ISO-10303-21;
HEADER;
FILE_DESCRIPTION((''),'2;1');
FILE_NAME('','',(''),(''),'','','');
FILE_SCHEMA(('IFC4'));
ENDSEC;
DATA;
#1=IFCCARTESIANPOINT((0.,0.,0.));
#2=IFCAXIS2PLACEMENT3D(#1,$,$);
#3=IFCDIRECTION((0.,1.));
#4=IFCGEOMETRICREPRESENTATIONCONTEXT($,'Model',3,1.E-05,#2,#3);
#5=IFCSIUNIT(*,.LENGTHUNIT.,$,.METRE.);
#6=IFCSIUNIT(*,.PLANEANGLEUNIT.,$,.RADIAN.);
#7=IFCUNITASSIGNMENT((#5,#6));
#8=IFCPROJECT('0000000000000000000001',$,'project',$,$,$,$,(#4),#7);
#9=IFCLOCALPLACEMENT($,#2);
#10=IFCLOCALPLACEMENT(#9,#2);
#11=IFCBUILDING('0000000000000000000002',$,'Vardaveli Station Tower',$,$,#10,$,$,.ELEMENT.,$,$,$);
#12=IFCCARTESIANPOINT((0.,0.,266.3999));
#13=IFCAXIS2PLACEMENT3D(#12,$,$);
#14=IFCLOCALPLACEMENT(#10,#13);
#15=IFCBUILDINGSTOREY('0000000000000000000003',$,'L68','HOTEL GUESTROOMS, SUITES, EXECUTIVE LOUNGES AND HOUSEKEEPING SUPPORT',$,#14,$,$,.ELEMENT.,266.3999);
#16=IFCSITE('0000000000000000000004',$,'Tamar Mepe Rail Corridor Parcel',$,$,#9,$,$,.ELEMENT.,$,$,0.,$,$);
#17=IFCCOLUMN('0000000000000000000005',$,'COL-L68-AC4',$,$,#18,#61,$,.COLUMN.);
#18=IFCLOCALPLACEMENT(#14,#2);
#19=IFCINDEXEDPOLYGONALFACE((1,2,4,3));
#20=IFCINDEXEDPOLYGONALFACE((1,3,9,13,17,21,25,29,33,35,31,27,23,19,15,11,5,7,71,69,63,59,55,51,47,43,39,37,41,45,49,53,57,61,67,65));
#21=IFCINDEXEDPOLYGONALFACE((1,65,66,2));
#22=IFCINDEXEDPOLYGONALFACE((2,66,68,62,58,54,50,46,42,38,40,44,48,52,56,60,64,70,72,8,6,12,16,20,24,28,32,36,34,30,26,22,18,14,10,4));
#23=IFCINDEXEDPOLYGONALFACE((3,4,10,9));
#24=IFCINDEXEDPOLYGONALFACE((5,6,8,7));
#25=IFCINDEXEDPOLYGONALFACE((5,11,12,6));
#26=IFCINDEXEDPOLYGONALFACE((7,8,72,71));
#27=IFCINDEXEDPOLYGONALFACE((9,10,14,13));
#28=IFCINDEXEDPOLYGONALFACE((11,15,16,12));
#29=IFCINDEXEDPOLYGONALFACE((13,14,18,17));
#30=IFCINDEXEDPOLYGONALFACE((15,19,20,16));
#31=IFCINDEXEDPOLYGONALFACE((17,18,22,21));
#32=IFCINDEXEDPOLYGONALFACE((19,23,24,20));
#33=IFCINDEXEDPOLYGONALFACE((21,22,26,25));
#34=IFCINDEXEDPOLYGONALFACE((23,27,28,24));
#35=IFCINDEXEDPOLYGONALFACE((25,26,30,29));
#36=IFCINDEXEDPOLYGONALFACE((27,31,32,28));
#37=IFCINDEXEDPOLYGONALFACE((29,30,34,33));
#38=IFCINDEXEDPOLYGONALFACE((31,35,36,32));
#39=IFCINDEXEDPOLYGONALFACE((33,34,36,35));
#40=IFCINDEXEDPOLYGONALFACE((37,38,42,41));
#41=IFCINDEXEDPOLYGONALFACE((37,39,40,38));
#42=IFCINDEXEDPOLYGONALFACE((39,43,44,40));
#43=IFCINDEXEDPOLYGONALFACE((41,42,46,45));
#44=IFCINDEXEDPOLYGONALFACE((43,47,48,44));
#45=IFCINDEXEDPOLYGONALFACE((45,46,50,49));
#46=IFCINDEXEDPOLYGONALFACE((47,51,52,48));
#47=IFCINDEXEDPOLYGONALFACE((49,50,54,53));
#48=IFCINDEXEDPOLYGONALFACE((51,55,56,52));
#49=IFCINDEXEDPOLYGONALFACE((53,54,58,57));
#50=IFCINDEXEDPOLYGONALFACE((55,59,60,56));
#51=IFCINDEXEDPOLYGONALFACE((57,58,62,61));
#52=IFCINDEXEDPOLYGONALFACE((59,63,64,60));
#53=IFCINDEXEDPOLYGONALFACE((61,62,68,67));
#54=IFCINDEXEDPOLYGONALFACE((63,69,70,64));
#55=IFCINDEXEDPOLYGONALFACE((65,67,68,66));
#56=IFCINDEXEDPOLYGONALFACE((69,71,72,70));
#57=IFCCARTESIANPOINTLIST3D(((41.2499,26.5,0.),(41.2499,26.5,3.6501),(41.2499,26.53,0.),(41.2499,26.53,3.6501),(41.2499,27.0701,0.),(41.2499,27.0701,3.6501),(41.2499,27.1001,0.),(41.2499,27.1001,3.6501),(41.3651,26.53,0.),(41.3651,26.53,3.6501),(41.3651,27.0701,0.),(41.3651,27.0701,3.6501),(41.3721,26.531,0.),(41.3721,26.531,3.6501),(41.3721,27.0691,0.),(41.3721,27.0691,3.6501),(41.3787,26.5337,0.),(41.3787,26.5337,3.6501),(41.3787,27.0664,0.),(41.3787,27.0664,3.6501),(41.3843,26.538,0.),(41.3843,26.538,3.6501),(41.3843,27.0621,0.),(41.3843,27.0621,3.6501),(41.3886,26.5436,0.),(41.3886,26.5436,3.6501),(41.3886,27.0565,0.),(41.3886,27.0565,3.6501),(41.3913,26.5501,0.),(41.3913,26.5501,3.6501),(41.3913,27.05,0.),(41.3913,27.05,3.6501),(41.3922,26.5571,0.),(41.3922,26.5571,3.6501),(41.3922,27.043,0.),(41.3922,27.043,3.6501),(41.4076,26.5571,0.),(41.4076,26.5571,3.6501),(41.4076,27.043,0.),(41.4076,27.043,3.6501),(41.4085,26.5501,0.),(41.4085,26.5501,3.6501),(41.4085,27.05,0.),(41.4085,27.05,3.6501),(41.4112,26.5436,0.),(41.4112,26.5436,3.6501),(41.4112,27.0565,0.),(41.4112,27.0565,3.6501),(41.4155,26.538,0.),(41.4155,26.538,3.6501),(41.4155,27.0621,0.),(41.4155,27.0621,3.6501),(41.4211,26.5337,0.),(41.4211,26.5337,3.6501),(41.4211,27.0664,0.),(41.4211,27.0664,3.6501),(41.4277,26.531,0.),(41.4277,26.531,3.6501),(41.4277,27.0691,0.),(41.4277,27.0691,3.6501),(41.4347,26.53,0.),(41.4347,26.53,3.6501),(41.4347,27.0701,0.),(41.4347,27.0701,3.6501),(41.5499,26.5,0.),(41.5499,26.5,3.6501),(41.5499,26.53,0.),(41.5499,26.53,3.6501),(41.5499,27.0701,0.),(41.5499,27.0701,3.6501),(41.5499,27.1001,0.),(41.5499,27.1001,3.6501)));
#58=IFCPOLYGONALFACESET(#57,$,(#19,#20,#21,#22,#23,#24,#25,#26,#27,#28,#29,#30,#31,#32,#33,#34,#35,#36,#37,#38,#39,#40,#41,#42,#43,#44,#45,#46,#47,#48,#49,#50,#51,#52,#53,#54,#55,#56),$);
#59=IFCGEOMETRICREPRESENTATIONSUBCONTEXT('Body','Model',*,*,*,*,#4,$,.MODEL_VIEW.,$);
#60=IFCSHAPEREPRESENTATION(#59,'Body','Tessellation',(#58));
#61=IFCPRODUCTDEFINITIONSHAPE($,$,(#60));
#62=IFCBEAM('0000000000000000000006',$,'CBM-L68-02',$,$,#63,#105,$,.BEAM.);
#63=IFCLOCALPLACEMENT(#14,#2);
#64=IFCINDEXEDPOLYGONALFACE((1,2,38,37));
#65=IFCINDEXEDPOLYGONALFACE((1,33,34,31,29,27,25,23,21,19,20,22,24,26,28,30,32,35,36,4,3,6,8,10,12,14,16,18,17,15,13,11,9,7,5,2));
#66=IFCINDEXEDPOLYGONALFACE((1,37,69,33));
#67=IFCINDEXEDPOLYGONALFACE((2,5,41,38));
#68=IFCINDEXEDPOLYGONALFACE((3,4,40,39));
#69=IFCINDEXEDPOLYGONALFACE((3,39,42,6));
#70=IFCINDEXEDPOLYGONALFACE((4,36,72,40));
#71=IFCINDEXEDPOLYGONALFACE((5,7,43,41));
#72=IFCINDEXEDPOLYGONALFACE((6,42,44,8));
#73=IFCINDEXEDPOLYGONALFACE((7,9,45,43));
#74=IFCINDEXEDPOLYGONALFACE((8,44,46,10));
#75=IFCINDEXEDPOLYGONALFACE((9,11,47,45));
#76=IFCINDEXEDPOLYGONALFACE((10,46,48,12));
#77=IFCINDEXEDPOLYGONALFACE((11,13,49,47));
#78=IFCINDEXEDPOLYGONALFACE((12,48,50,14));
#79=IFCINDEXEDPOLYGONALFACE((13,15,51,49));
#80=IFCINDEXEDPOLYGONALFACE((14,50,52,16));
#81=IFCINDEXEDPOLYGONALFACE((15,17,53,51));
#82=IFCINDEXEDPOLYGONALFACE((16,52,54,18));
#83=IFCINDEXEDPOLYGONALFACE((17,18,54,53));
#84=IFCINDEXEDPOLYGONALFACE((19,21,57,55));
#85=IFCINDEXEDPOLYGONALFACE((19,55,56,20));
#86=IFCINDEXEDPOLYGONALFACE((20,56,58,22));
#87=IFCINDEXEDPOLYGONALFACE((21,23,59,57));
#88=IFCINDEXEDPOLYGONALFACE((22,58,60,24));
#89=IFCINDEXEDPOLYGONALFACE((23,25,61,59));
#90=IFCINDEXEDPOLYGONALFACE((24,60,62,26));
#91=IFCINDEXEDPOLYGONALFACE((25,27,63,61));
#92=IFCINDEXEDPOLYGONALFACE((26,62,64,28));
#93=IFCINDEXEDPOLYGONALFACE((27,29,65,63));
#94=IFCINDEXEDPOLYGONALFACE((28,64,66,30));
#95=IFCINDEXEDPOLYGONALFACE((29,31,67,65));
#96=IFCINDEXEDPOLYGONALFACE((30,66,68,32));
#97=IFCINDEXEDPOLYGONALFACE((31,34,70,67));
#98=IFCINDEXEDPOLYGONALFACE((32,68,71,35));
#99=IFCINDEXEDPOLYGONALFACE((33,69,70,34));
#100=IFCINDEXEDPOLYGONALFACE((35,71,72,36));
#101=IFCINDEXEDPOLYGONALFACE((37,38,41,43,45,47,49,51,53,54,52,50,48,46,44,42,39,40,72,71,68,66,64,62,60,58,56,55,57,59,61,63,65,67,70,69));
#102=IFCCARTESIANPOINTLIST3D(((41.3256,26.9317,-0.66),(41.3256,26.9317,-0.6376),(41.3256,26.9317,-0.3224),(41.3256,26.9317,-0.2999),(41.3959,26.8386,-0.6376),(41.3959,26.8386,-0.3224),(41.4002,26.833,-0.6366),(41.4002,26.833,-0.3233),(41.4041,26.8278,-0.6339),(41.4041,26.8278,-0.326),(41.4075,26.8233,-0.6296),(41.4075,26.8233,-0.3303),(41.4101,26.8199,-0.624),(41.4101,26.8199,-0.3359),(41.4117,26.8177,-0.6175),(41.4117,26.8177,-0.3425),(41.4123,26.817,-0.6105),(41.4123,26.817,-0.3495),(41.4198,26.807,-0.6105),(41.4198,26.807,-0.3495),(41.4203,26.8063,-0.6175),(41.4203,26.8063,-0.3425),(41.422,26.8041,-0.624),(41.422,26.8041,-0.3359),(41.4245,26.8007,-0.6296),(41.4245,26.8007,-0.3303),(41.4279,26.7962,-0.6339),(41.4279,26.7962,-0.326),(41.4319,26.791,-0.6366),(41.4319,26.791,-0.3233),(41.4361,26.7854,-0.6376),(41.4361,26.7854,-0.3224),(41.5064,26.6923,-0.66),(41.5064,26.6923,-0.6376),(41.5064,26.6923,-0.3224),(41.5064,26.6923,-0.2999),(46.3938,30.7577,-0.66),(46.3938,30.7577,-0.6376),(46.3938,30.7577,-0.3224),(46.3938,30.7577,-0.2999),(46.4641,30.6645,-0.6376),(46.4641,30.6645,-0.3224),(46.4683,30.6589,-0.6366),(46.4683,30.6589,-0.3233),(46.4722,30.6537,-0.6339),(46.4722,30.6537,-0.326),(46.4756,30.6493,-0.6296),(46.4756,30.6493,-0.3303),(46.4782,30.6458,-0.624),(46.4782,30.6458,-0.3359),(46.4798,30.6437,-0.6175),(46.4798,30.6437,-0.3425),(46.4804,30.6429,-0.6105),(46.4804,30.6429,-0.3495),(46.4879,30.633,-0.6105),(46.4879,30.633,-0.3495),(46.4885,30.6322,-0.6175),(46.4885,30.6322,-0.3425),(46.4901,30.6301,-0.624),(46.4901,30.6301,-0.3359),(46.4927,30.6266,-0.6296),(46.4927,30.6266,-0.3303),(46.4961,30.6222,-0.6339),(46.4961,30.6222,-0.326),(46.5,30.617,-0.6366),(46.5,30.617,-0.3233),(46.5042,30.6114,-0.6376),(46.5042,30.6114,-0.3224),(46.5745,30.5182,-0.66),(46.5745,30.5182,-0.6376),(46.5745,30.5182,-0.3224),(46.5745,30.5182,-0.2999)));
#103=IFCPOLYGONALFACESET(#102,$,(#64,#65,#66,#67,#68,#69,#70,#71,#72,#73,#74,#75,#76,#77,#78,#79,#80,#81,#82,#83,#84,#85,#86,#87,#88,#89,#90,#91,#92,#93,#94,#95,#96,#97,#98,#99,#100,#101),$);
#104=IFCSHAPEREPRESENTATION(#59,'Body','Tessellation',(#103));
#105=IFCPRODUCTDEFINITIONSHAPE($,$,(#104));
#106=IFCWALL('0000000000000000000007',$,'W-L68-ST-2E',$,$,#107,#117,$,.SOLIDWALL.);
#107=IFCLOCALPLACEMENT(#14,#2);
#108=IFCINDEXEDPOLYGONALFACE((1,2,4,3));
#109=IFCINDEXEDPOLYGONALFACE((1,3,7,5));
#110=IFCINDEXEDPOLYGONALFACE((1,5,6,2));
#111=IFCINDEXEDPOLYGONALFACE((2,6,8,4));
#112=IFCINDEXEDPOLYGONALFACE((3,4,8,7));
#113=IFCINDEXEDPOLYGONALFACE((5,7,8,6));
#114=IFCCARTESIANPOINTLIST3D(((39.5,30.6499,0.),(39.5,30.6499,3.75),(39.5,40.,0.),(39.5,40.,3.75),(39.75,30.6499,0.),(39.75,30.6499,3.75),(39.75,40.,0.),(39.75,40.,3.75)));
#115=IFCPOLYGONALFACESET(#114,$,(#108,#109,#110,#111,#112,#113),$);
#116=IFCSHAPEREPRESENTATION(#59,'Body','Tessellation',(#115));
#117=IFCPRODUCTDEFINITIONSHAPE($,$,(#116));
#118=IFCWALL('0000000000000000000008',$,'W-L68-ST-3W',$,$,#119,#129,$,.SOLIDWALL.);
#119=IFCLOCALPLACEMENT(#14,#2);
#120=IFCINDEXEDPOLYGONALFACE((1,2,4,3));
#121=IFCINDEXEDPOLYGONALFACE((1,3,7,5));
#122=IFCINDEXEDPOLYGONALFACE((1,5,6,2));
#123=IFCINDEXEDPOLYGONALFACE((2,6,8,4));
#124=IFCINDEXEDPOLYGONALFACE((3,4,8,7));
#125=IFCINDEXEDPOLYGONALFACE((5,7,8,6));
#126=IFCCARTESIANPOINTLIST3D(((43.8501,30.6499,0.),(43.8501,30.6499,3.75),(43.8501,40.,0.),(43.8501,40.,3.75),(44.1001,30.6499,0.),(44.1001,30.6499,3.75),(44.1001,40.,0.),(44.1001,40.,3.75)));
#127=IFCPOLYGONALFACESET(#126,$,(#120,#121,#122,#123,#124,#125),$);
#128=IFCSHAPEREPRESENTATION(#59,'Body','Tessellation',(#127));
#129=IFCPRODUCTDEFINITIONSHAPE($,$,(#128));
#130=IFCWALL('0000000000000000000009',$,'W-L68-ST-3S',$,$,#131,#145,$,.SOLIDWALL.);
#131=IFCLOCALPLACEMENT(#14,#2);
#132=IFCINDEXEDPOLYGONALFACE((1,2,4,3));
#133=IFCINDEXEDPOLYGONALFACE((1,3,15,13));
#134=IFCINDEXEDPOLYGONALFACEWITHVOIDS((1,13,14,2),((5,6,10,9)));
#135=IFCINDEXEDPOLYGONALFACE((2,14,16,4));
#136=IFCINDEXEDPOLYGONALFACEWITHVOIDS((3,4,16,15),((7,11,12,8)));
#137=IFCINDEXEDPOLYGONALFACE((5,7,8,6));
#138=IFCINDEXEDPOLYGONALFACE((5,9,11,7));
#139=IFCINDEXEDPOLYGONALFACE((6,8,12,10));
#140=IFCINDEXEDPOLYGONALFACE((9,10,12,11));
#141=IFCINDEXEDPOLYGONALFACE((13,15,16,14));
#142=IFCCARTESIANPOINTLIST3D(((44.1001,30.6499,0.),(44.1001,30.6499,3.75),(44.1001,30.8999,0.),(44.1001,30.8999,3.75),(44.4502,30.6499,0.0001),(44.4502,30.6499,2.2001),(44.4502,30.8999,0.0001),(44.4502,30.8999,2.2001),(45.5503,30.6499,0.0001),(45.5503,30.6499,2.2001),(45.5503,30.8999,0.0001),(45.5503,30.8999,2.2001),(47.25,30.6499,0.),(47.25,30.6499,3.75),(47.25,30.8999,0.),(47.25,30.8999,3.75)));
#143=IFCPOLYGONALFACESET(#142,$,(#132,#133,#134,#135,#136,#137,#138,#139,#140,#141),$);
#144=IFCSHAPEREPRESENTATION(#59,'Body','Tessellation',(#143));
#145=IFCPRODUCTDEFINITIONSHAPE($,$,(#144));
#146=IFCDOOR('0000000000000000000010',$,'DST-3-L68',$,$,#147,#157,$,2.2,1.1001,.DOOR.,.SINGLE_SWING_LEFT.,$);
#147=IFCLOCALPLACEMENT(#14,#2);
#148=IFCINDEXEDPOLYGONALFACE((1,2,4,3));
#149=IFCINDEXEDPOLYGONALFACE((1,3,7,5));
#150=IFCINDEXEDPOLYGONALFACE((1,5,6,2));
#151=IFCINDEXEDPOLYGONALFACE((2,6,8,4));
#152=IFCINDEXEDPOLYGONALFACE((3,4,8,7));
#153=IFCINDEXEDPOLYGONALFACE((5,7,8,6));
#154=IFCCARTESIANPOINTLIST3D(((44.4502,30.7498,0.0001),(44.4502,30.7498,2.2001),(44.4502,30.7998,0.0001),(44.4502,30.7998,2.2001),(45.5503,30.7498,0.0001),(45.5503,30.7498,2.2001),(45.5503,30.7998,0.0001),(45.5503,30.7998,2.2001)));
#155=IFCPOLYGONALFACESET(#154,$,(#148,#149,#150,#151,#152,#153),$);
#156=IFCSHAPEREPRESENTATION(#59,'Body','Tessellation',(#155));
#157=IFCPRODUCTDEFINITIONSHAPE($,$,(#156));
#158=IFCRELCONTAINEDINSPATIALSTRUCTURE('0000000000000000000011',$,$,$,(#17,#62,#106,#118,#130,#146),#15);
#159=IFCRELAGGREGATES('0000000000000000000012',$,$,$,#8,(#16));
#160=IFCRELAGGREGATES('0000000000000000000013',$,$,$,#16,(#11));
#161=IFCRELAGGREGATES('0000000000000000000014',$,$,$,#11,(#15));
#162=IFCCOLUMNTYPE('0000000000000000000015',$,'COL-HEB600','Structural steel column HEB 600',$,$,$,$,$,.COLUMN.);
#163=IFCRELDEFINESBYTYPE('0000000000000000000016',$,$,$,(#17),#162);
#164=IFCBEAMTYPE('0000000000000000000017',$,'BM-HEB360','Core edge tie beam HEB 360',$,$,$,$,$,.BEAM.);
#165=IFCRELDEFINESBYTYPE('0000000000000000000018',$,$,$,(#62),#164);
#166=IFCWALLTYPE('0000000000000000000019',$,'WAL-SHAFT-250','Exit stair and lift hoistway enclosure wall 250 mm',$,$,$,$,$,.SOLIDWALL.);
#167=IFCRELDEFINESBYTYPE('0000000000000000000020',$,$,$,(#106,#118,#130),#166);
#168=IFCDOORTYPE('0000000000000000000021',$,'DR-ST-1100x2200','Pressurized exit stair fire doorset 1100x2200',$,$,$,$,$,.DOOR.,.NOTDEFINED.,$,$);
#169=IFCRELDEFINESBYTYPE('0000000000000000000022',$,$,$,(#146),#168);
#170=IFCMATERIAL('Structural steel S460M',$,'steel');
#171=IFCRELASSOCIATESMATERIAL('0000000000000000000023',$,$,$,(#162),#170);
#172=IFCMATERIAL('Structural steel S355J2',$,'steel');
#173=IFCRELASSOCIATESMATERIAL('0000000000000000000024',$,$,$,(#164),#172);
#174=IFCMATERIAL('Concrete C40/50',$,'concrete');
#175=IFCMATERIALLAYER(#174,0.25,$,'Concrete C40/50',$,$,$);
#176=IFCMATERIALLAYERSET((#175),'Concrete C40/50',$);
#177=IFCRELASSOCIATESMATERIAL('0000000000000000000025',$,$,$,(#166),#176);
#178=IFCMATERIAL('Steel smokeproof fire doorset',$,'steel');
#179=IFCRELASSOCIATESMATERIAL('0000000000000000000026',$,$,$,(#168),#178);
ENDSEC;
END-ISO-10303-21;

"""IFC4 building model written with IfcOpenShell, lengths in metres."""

from ifc_helpers import new_model, si_unit, direction, frame, frame_2d, origin, origin_2d, place, context, subcontext, project, spatial, rectangle, i_section, extrude, source, transform, mapped, material, layer, layer_set, material_profile, profile_set, type_object, element, fill, save


model = new_model("IFC4")

# Units and contexts
model_context = context("Model", 3, precision=1e-05, world=origin(), true_north=direction((0.0, 1.0)))
body_context = subcontext(model_context, "Body", "Model", "MODEL_VIEW")
ifc_project = project(units=[si_unit("LENGTHUNIT", "METRE"), si_unit("PLANEANGLEUNIT", "RADIAN")], contexts=[model_context])

# Site, building, storey
site_placement = place(None, origin())
site = spatial("IfcSite", under=ifc_project, at=site_placement, Name="Tamar Mepe Rail Corridor Parcel", CompositionType="ELEMENT", RefElevation=0.0)
building_placement = place(site_placement, origin())
building = spatial("IfcBuilding", under=site, at=building_placement, Name="Vardaveli Station Tower", CompositionType="ELEMENT")
storey_placement = place(building_placement, frame((0.0, 0.0, 266.3999)))
storey = spatial("IfcBuildingStorey", under=building, at=storey_placement, Name="L68", Description="HOTEL GUESTROOMS, SUITES, EXECUTIVE LOUNGES AND HOUSEKEEPING SUPPORT", CompositionType="ELEMENT", Elevation=266.3999)

# Column
ifc_material_1 = material(Name="Structural steel S460M", Category="steel")
ifc_material_profile_1 = material_profile(ifc_material_1, i_section(OverallWidth=0.3, OverallDepth=0.6001, WebThickness=0.0154, FlangeThickness=0.03, FilletRadius=0.0271, at=origin_2d()), Name="HEB 600")
ifc_profile_set_1 = profile_set([ifc_material_profile_1], Name="Structural steel S460M")
column_type = type_object("IfcColumnType", Name="COL-HEB600", Description="Structural steel column HEB 600", PredefinedType="COLUMN", material=ifc_profile_set_1)
shared_shape_1 = source(origin(), body_context, "Body", "SweptSolid", [
    extrude(i_section(OverallWidth=0.3, OverallDepth=0.6001, WebThickness=0.0154, FlangeThickness=0.03, FilletRadius=0.0271, at=origin_2d()), origin(), (0.0, 0.0, 1.0), 3.6501),
])
column_placement = place(storey_placement, frame((41.3999, 26.8, 0.0), z_axis=(0.0, 0.0, 1.0), x_axis=(1.0, 0.0, 0.0)))
element("IfcColumn", 1, at=column_placement, inside=storey, type_object=column_type, Name="COL-L68-AC4", PredefinedType="COLUMN", context=body_context, shape_type="MappedRepresentation", body=[
    mapped(shared_shape_1, transform((0.0, 0.0, 0.0), scale=1.0)),
])

# Beam
ifc_material_2 = material(Name="Structural steel S355J2", Category="steel")
ifc_material_profile_2 = material_profile(ifc_material_2, i_section(OverallWidth=0.3, OverallDepth=0.3601, WebThickness=0.0125, FlangeThickness=0.0225, FilletRadius=0.0271, at=origin_2d()), Name="HEB 360")
ifc_profile_set_2 = profile_set([ifc_material_profile_2], Name="Structural steel S355J2")
beam_type = type_object("IfcBeamType", Name="BM-HEB360", Description="Core edge tie beam HEB 360", PredefinedType="BEAM", material=ifc_profile_set_2)
shared_shape_2 = source(origin(), body_context, "Body", "SweptSolid", [
    extrude(i_section(OverallWidth=0.3, OverallDepth=0.3601, WebThickness=0.0125, FlangeThickness=0.0225, FilletRadius=0.0271, at=origin_2d()), origin(), (0.0, 0.0, 1.0), 6.3501),
])
beam_placement = place(storey_placement, frame((41.416, 26.812, -0.48), z_axis=(0.798118, 0.602501, 0.0), x_axis=(-0.602501, 0.798118, 0.0)))
element("IfcBeam", 2, at=beam_placement, inside=storey, type_object=beam_type, Name="CBM-L68-02", PredefinedType="BEAM", context=body_context, shape_type="MappedRepresentation", body=[
    mapped(shared_shape_2, transform((0.0, 0.0, 0.0), scale=1.0)),
])

# Walls
ifc_material_3 = material(Name="Concrete C40/50", Category="concrete")
ifc_layer_1 = layer(ifc_material_3, 0.25, Name="Concrete C40/50")
ifc_layer_set_1 = layer_set([ifc_layer_1], Name="Concrete C40/50")
wall_type_1 = type_object("IfcWallType", Name="WAL-SHAFT-250", Description="Exit stair and lift hoistway enclosure wall 250 mm", PredefinedType="SOLIDWALL", material=ifc_layer_set_1)
shared_shape_3 = source(origin(), body_context, "Body", "SweptSolid", [
    extrude(rectangle(XDim=9.3501, YDim=0.25, at=frame_2d((4.675, 0.0))), origin(), (0.0, 0.0, 1.0), 3.75),
])
for number, where, z_axis, x_axis, name in (
    (3, (39.625, 30.6499, 0.0), (0.0, 0.0, 1.0), (0.0, 1.0, 0.0), "W-L68-ST-2E"),
    (4, (43.9751, 30.6499, 0.0), (0.0, 0.0, 1.0), (0.0, 1.0, 0.0), "W-L68-ST-3W"),
):
    element("IfcWall", number, at=place(storey_placement, frame(where, z_axis=z_axis, x_axis=x_axis)), inside=storey, type_object=wall_type_1, Name=name, PredefinedType="SOLIDWALL", context=body_context, shape_type="MappedRepresentation", body=[
        mapped(shared_shape_3, transform((0.0, 0.0, 0.0), scale=1.0)),
    ])

# Wall, opening, door
shared_shape_4 = source(origin(), body_context, "Body", "SweptSolid", [
    extrude(rectangle(XDim=3.1499, YDim=0.25, at=frame_2d((1.575, 0.0))), origin(), (0.0, 0.0, 1.0), 3.75),
])
wall_1_placement = place(storey_placement, frame((44.1001, 30.7749, 0.0), z_axis=(0.0, 0.0, 1.0), x_axis=(1.0, 0.0, 0.0)))
wall_1 = element("IfcWall", 5, at=wall_1_placement, inside=storey, type_object=wall_type_1, Name="W-L68-ST-3S", PredefinedType="SOLIDWALL", context=body_context, shape_type="MappedRepresentation", body=[
    mapped(shared_shape_4, transform((0.0, 0.0, 0.0), scale=1.0)),
])
shared_shape_5 = source(origin(), body_context, "Body", "SweptSolid", [
    extrude(rectangle(XDim=1.1001, YDim=2.2, at=frame_2d((0.55, 1.1001))), frame((0.0, 0.135, 0.0), z_axis=(0.0, -1.0, 0.0), x_axis=(1.0, 0.0, 0.0)), (0.0, 0.0, 1.0), 0.27),
])
opening_1_placement = place(wall_1_placement, frame((0.3501, 0.0, 0.0)))
opening_1 = element("IfcOpeningElement", 6, at=opening_1_placement, cuts=wall_1, PredefinedType="OPENING", context=body_context, shape_type="MappedRepresentation", body=[
    mapped(shared_shape_5, transform((0.0, 0.0, 0.0), scale=1.0)),
])
ifc_material_4 = material(Name="Steel smokeproof fire doorset", Category="steel")
door_type_1 = type_object("IfcDoorType", Name="DR-ST-1100x2200", Description="Pressurized exit stair fire doorset 1100x2200", OperationType="NOTDEFINED", PredefinedType="DOOR", material=ifc_material_4)
shared_shape_6 = source(origin(), body_context, "Body", "SweptSolid", [
    extrude(rectangle(XDim=1.1001, YDim=2.2, at=frame_2d((0.55, 1.1001))), frame((0.0, 0.0249, 0.0), z_axis=(0.0, -1.0, 0.0), x_axis=(1.0, 0.0, 0.0)), (0.0, 0.0, 1.0), 0.05),
])
door_1_placement = place(opening_1_placement, origin())
door_1 = element("IfcDoor", 7, at=door_1_placement, inside=storey, type_object=door_type_1, Name="DST-3-L68", OperationType="SINGLE_SWING_LEFT", OverallHeight=2.2, OverallWidth=1.1001, PredefinedType="DOOR", context=body_context, shape_type="MappedRepresentation", body=[
    mapped(shared_shape_6, transform((0.0, 0.0, 0.0), scale=1.0)),
])
fill(opening_1, door_1)

save(model, "model.ifc")
